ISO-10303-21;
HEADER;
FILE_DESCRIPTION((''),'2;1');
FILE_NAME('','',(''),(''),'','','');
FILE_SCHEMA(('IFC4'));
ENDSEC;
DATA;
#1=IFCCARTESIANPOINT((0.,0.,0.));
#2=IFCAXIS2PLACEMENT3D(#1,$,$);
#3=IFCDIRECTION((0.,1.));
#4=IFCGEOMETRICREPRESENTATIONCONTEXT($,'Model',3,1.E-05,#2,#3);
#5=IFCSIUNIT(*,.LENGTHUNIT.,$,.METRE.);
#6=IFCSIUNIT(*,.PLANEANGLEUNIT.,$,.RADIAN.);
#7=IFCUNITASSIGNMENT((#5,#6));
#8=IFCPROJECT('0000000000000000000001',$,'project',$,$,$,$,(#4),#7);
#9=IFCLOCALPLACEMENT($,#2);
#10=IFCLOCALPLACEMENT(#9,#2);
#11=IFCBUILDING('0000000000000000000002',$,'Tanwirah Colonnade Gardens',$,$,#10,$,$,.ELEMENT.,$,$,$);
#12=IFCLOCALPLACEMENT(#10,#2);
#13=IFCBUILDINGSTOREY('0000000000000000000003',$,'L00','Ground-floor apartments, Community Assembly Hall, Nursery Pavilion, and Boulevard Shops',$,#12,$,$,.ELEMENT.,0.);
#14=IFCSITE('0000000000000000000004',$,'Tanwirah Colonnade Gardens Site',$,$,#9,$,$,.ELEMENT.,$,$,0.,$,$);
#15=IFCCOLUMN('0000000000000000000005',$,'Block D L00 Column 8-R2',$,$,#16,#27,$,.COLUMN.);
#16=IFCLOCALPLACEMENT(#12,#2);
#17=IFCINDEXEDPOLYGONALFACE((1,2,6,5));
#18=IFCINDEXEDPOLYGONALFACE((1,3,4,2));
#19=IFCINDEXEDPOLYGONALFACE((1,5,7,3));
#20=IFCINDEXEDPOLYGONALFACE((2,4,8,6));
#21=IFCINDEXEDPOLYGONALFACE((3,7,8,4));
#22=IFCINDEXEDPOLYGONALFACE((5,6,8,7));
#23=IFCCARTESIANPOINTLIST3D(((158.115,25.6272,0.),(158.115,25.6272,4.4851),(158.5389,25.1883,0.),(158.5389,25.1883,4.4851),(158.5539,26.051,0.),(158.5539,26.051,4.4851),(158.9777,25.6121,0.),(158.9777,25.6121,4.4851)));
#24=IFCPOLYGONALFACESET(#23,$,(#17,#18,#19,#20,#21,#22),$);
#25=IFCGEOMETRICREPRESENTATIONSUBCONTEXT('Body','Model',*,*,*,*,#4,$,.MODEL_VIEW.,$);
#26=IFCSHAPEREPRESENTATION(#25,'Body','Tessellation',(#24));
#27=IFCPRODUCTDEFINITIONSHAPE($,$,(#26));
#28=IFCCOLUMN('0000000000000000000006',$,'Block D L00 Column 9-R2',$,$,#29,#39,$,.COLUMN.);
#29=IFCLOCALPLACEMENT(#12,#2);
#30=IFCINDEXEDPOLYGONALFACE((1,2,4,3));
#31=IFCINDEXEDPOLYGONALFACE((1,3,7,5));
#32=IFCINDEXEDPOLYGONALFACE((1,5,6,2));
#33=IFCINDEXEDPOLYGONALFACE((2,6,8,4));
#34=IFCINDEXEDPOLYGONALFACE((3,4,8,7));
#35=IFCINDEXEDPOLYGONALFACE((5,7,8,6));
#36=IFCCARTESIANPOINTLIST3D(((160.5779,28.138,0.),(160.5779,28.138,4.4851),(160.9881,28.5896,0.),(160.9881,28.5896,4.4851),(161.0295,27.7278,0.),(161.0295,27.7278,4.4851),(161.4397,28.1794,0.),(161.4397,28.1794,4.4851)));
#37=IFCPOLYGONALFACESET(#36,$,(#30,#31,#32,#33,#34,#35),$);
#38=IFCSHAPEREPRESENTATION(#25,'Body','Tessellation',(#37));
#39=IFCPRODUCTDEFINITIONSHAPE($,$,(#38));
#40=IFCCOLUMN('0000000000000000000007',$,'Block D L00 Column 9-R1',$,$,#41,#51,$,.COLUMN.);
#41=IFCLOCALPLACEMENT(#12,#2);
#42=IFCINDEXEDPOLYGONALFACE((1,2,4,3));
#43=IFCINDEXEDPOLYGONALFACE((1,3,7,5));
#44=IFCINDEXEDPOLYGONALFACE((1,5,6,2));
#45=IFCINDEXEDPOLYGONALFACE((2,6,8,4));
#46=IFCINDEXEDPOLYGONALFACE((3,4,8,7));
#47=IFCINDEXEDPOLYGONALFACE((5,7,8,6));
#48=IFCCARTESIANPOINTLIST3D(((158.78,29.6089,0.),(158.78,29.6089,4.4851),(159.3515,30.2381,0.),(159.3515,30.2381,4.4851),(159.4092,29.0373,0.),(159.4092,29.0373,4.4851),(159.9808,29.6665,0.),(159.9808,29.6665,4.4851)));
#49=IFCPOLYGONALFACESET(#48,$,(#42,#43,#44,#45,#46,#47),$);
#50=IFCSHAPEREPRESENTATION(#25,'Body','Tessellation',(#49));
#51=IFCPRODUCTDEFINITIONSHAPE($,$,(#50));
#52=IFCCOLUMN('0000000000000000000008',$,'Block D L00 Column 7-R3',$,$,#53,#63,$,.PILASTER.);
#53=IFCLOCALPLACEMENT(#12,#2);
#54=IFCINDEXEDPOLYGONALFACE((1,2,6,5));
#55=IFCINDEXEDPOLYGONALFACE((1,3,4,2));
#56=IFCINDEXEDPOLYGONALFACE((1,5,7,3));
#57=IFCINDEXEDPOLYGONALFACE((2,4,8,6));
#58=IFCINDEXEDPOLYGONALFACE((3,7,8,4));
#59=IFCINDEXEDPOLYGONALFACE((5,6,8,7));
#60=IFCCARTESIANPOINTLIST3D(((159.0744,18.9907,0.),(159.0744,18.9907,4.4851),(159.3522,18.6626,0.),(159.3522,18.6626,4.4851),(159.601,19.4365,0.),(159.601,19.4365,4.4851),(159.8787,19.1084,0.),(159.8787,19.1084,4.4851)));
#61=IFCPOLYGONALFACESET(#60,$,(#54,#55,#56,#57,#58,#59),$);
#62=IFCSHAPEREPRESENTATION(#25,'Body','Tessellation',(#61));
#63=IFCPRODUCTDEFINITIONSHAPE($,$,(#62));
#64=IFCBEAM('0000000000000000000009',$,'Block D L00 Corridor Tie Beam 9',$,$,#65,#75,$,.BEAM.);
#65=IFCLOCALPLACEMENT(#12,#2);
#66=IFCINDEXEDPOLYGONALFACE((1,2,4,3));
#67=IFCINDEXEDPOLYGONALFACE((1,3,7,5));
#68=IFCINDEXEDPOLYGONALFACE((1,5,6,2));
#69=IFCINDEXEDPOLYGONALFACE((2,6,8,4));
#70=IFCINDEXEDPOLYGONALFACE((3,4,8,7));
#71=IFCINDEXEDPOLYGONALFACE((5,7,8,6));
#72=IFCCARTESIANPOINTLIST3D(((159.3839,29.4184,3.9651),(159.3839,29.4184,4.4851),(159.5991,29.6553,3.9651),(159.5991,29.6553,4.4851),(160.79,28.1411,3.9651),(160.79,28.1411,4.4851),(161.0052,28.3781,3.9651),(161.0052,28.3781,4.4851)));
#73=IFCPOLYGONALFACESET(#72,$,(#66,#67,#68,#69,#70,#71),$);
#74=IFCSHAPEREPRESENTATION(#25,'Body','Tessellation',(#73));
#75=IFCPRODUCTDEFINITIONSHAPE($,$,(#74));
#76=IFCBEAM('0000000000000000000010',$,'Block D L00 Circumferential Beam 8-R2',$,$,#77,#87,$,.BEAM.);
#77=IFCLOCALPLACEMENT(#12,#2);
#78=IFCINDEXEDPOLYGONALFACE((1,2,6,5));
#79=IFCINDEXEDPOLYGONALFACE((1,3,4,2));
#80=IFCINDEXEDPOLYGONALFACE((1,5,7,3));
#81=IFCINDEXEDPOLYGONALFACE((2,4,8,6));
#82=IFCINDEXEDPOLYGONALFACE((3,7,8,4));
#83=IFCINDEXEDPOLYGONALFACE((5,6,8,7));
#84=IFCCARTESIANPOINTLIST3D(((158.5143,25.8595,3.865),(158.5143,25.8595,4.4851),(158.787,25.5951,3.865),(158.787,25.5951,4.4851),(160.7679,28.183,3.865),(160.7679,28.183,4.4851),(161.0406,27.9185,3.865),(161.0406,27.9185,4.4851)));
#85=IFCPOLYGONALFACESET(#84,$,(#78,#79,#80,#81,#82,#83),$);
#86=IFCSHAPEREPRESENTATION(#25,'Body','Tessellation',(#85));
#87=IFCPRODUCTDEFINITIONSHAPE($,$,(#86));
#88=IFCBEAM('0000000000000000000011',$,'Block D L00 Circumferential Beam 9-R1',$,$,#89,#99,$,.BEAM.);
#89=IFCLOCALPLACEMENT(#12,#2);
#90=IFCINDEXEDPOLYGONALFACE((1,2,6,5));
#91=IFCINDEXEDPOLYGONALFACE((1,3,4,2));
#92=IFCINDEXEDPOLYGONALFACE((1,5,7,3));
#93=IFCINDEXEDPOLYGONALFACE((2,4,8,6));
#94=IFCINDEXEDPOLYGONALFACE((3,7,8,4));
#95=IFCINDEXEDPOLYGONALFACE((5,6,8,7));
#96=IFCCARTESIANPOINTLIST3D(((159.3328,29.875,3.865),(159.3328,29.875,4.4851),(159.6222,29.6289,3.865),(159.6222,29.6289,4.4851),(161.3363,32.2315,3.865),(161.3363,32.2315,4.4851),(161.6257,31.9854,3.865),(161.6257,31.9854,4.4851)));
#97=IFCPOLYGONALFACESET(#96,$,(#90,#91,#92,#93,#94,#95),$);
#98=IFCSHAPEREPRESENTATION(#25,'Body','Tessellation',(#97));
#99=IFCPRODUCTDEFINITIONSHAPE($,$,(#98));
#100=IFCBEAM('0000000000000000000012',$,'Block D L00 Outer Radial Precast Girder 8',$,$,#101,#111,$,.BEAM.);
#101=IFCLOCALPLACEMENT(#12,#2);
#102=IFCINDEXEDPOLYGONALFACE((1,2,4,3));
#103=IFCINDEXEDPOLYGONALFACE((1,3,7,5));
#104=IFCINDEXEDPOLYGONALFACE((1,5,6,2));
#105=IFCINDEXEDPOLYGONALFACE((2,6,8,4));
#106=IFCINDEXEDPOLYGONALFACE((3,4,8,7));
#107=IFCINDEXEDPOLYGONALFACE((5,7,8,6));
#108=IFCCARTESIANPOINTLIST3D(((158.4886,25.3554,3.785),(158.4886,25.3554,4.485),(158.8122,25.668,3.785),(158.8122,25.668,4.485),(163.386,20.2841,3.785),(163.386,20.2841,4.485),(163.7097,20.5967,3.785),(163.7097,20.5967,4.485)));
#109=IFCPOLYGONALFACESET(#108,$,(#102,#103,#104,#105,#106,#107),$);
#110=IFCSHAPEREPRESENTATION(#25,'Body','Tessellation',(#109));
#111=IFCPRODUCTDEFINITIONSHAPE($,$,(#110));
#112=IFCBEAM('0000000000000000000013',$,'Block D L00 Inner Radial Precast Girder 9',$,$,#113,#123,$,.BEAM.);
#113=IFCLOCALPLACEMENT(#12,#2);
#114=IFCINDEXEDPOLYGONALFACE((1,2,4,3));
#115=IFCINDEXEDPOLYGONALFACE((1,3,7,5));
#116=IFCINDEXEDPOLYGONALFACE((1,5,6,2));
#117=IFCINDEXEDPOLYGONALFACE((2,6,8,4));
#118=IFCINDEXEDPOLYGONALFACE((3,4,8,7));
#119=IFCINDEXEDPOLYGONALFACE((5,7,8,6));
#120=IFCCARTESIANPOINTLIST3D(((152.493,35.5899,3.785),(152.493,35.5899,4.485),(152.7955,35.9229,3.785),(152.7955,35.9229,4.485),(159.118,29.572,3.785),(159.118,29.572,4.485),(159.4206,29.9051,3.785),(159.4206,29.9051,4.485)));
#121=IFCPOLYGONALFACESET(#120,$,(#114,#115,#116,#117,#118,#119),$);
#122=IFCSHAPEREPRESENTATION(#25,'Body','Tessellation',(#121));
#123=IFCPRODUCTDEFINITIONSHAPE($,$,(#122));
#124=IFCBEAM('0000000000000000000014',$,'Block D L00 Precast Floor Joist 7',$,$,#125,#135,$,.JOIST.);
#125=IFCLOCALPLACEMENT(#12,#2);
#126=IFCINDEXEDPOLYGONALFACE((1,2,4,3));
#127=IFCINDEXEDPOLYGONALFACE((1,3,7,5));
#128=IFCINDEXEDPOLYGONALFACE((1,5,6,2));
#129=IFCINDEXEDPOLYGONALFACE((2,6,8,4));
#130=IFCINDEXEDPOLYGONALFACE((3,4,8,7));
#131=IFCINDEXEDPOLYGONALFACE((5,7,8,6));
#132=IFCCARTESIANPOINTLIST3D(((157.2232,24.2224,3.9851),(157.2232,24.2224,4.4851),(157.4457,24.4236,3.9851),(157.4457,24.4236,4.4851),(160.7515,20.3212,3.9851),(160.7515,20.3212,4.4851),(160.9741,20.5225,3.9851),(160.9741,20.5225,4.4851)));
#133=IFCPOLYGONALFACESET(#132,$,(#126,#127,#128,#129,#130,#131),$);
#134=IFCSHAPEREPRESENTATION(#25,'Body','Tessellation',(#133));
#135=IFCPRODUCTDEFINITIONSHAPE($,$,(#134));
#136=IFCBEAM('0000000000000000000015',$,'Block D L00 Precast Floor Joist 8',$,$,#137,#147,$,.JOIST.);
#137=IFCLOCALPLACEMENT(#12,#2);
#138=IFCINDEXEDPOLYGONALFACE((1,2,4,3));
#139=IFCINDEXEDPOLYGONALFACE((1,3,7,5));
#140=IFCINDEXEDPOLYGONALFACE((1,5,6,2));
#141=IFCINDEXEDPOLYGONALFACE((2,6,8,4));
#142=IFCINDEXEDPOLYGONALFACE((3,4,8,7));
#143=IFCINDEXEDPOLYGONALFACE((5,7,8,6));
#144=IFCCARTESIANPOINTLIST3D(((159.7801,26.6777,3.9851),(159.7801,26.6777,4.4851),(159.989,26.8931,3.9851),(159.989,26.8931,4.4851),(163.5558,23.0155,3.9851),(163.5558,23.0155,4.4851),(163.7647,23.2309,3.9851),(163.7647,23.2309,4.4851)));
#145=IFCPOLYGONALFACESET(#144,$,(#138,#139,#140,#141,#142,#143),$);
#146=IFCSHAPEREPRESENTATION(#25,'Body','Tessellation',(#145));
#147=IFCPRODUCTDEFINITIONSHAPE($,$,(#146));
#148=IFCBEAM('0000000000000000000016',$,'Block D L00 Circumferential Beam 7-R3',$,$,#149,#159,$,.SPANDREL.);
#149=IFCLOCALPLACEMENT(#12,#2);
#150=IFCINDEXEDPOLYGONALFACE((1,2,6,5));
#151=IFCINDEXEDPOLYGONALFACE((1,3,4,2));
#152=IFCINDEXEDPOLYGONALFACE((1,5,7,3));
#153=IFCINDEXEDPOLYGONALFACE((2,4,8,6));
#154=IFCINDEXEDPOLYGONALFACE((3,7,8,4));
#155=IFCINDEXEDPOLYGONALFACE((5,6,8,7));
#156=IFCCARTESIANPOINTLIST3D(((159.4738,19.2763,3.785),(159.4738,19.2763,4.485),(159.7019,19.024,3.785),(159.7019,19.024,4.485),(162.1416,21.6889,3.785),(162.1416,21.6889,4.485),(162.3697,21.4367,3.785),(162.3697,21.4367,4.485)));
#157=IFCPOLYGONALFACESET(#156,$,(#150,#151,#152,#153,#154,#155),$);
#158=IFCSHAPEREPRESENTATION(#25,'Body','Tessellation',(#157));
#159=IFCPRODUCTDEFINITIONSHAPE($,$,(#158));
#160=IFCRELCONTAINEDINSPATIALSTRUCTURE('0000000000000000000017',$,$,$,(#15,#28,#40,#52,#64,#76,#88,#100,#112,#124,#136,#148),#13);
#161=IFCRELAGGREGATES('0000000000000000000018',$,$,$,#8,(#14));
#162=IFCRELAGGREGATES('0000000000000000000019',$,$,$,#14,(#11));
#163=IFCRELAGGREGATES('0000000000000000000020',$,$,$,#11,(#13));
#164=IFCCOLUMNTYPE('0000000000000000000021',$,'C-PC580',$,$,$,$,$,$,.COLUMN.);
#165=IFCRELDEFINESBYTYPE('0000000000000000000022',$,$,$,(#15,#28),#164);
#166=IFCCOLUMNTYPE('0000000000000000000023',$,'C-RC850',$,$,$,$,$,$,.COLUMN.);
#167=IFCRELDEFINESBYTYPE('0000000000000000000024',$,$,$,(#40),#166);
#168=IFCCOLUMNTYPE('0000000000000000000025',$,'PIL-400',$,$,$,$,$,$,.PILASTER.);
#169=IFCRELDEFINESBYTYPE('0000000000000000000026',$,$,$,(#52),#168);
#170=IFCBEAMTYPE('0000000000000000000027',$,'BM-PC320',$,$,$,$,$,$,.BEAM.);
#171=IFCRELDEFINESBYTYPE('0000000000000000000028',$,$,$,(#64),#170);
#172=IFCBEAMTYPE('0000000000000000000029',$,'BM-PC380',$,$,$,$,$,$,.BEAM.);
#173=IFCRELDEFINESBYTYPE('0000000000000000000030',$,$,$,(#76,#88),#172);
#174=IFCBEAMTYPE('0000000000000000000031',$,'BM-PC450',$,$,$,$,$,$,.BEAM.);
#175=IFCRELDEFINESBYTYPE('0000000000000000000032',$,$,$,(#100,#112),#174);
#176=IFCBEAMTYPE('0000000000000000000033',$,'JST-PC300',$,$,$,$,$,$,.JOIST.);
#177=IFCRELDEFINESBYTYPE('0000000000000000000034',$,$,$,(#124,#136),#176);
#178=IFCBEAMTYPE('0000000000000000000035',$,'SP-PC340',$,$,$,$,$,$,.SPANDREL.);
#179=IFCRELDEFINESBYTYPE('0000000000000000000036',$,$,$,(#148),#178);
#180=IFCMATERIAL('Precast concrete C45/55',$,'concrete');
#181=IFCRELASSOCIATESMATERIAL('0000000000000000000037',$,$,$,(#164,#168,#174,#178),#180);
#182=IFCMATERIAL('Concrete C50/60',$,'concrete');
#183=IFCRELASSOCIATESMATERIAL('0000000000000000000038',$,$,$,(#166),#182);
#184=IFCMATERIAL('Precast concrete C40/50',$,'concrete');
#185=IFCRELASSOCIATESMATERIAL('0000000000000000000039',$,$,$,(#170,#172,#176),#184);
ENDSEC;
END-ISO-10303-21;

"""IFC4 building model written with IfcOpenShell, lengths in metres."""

from ifc_helpers import new_model, si_unit, direction, frame, origin, origin_2d, place, context, subcontext, project, spatial, rectangle, extrude, material, material_profile, profile_set, type_object, element, save


model = new_model("IFC4")

# Units and contexts
model_context = context("Model", 3, precision=1e-05, world=origin(), true_north=direction((0.0, 1.0)))
body_context = subcontext(model_context, "Body", "Model", "MODEL_VIEW")
ifc_project = project(units=[si_unit("LENGTHUNIT", "METRE"), si_unit("PLANEANGLEUNIT", "RADIAN")], contexts=[model_context])

# Site, building, storey
site_placement = place(None, origin())
site = spatial("IfcSite", under=ifc_project, at=site_placement, Name="Tanwirah Colonnade Gardens Site", CompositionType="ELEMENT", RefElevation=0.0)
building_placement = place(site_placement, origin())
building = spatial("IfcBuilding", under=site, at=building_placement, Name="Tanwirah Colonnade Gardens", CompositionType="ELEMENT")
storey_placement = place(building_placement, origin())
storey = spatial("IfcBuildingStorey", under=building, at=storey_placement, Name="L00", Description="Ground-floor apartments, Community Assembly Hall, Nursery Pavilion, and Boulevard Shops", CompositionType="ELEMENT", Elevation=0.0)

# Columns
ifc_material_1 = material(Name="Precast concrete C45/55", Category="concrete")
ifc_material_profile_1 = material_profile(ifc_material_1, rectangle(XDim=0.6101, YDim=0.6101, at=origin_2d()), Name="PC-COL 610x610")
ifc_profile_set_1 = profile_set([ifc_material_profile_1], Name="Precast concrete C45/55")
column_type_1 = type_object("IfcColumnType", Name="C-PC580", PredefinedType="COLUMN", material=ifc_profile_set_1)
for number, where, z_axis, x_axis, name in (
    (1, (158.5464, 25.6196, 0.0), (0.0, 0.0, 1.0), (0.694658, -0.71934, 0.0), "Block D L00 Column 8-R2"),
    (2, (161.0088, 28.1587, 0.0), (0.0, 0.0, 1.0), (0.740218, -0.672367, 0.0), "Block D L00 Column 9-R2"),
):
    element("IfcColumn", number, at=place(storey_placement, frame(where, z_axis=z_axis, x_axis=x_axis)), inside=storey, type_object=column_type_1, Name=name, PredefinedType="COLUMN", context=body_context, shape_type="SweptSolid", body=[
        extrude(rectangle(XDim=0.6101, YDim=0.6101, at=origin_2d()), origin(), (0.0, 0.0, 1.0), 4.4851),
    ])
ifc_material_2 = material(Name="Concrete C50/60", Category="concrete")
ifc_material_profile_2 = material_profile(ifc_material_2, rectangle(XDim=0.8501, YDim=0.8501, at=origin_2d()), Name="RC-COL 850x850")
ifc_profile_set_2 = profile_set([ifc_material_profile_2], Name="Concrete C50/60")
column_type_2 = type_object("IfcColumnType", Name="C-RC850", PredefinedType="COLUMN", material=ifc_profile_set_2)
column_1_placement = place(storey_placement, frame((159.3804, 29.6377, 0.0), z_axis=(0.0, 0.0, 1.0), x_axis=(0.740218, -0.672367, 0.0)))
element("IfcColumn", 3, at=column_1_placement, inside=storey, type_object=column_type_2, Name="Block D L00 Column 9-R1", PredefinedType="COLUMN", context=body_context, shape_type="SweptSolid", body=[
    extrude(rectangle(XDim=0.8501, YDim=0.8501, at=origin_2d()), origin(), (0.0, 0.0, 1.0), 4.4851),
])
ifc_material_profile_3 = material_profile(ifc_material_1, rectangle(XDim=0.4299, YDim=0.6899, at=origin_2d()), Name="PC-PIL 430x690")
ifc_profile_set_3 = profile_set([ifc_material_profile_3], Name="Precast concrete C45/55")
column_type_3 = type_object("IfcColumnType", Name="PIL-400", PredefinedType="PILASTER", material=ifc_profile_set_3)
column_2_placement = place(storey_placement, frame((159.4766, 19.0496, 0.0), z_axis=(0.0, 0.0, 1.0), x_axis=(0.646124, -0.763232, 0.0)))
element("IfcColumn", 4, at=column_2_placement, inside=storey, type_object=column_type_3, Name="Block D L00 Column 7-R3", PredefinedType="PILASTER", context=body_context, shape_type="SweptSolid", body=[
    extrude(rectangle(XDim=0.4299, YDim=0.6899, at=origin_2d()), origin(), (0.0, 0.0, 1.0), 4.4851),
])

# Beams
ifc_material_3 = material(Name="Precast concrete C40/50", Category="concrete")
ifc_material_profile_4 = material_profile(ifc_material_3, rectangle(XDim=0.3201, YDim=0.52, at=origin_2d()), Name="PC-BM 320x520")
ifc_profile_set_4 = profile_set([ifc_material_profile_4], Name="Precast concrete C40/50")
beam_type_1 = type_object("IfcBeamType", Name="BM-PC320", PredefinedType="BEAM", material=ifc_profile_set_4)
beam_1_placement = place(storey_placement, frame((159.4915, 29.5369, 4.2251), z_axis=(0.740219, -0.672366, 0.0), x_axis=(0.672366, 0.740219, 0.0)))
element("IfcBeam", 5, at=beam_1_placement, inside=storey, type_object=beam_type_1, Name="Block D L00 Corridor Tie Beam 9", PredefinedType="BEAM", context=body_context, shape_type="SweptSolid", body=[
    extrude(rectangle(XDim=0.3201, YDim=0.52, at=origin_2d()), origin(), (0.0, 0.0, 1.0), 1.8997),
])
ifc_material_profile_5 = material_profile(ifc_material_3, rectangle(XDim=0.3799, YDim=0.6201, at=origin_2d()), Name="PC-BM 380x620")
ifc_profile_set_5 = profile_set([ifc_material_profile_5], Name="Precast concrete C40/50")
beam_type_2 = type_object("IfcBeamType", Name="BM-PC380", PredefinedType="BEAM", material=ifc_profile_set_5)
beam_2_placement = place(storey_placement, frame((158.6506, 25.7273, 4.175), z_axis=(0.696239, 0.71781, 0.0), x_axis=(-0.71781, 0.696239, 0.0)))
element("IfcBeam", 6, at=beam_2_placement, inside=storey, type_object=beam_type_2, Name="Block D L00 Circumferential Beam 8-R2", PredefinedType="BEAM", context=body_context, shape_type="SweptSolid", body=[
    extrude(rectangle(XDim=0.3799, YDim=0.6201, at=origin_2d()), origin(), (0.0, 0.0, 1.0), 3.2368),
])
beam_3_placement = place(storey_placement, frame((159.4775, 29.752, 4.175), z_axis=(0.647731, 0.761869, 0.0), x_axis=(-0.761869, 0.647731, 0.0)))
element("IfcBeam", 7, at=beam_3_placement, inside=storey, type_object=beam_type_2, Name="Block D L00 Circumferential Beam 9-R1", PredefinedType="BEAM", context=body_context, shape_type="SweptSolid", body=[
    extrude(rectangle(XDim=0.3799, YDim=0.6201, at=origin_2d()), origin(), (0.0, 0.0, 1.0), 3.093),
])
ifc_material_profile_6 = material_profile(ifc_material_1, rectangle(XDim=0.45, YDim=0.7, at=origin_2d()), Name="PC-BM 450x700")
ifc_profile_set_6 = profile_set([ifc_material_profile_6], Name="Precast concrete C45/55")
beam_type_3 = type_object("IfcBeamType", Name="BM-PC450", PredefinedType="BEAM", material=ifc_profile_set_6)
beam_4_placement = place(storey_placement, frame((158.6504, 25.5117, 4.135), z_axis=(0.694671, -0.719327, 0.0), x_axis=(0.719327, 0.694671, 0.0)))
element("IfcBeam", 8, at=beam_4_placement, inside=storey, type_object=beam_type_3, Name="Block D L00 Outer Radial Precast Girder 8", PredefinedType="BEAM", context=body_context, shape_type="SweptSolid", body=[
    extrude(rectangle(XDim=0.45, YDim=0.7, at=origin_2d()), origin(), (0.0, 0.0, 1.0), 7.05),
])
beam_5_placement = place(storey_placement, frame((159.2693, 29.7385, 4.135), z_axis=(-0.740213, 0.672373, 0.0), x_axis=(-0.672373, -0.740213, 0.0)))
element("IfcBeam", 9, at=beam_5_placement, inside=storey, type_object=beam_type_3, Name="Block D L00 Inner Radial Precast Girder 9", PredefinedType="BEAM", context=body_context, shape_type="SweptSolid", body=[
    extrude(rectangle(XDim=0.45, YDim=0.7, at=origin_2d()), origin(), (0.0, 0.0, 1.0), 8.9502),
])
ifc_material_profile_7 = material_profile(ifc_material_3, rectangle(XDim=0.3, YDim=0.5, at=origin_2d()), Name="PC-JST 300x500")
ifc_profile_set_7 = profile_set([ifc_material_profile_7], Name="Precast concrete C40/50")
beam_type_4 = type_object("IfcBeamType", Name="JST-PC300", PredefinedType="JOIST", material=ifc_profile_set_7)
for number, where, z_axis, x_axis, name in (
    (10, (157.3345, 24.323, 4.2351), (0.670781, -0.741656, 0.0), (0.741656, 0.670781, 0.0), "Block D L00 Precast Floor Joist 7"),
    (11, (159.8845, 26.7854, 4.2351), (0.717816, -0.696233, 0.0), (0.696233, 0.717816, 0.0), "Block D L00 Precast Floor Joist 8"),
):
    element("IfcBeam", number, at=place(storey_placement, frame(where, z_axis=z_axis, x_axis=x_axis)), inside=storey, type_object=beam_type_4, Name=name, PredefinedType="JOIST", context=body_context, shape_type="SweptSolid", body=[
        extrude(rectangle(XDim=0.3, YDim=0.5, at=origin_2d()), origin(), (0.0, 0.0, 1.0), 5.26),
    ])
ifc_material_profile_8 = material_profile(ifc_material_1, rectangle(XDim=0.3401, YDim=0.7, at=origin_2d()), Name="PC-SP 340x700")
ifc_profile_set_8 = profile_set([ifc_material_profile_8], Name="Precast concrete C45/55")
beam_type_5 = type_object("IfcBeamType", Name="SP-PC340", PredefinedType="SPANDREL", material=ifc_profile_set_8)
beam_6_placement = place(storey_placement, frame((159.5879, 19.1501, 4.135), z_axis=(0.741682, 0.670752, 0.0), x_axis=(-0.670752, 0.741682, 0.0)))
element("IfcBeam", 12, at=beam_6_placement, inside=storey, type_object=beam_type_5, Name="Block D L00 Circumferential Beam 7-R3", PredefinedType="SPANDREL", context=body_context, shape_type="SweptSolid", body=[
    extrude(rectangle(XDim=0.3401, YDim=0.7, at=origin_2d()), origin(), (0.0, 0.0, 1.0), 3.5969),
])

save(model, "model.ifc")
